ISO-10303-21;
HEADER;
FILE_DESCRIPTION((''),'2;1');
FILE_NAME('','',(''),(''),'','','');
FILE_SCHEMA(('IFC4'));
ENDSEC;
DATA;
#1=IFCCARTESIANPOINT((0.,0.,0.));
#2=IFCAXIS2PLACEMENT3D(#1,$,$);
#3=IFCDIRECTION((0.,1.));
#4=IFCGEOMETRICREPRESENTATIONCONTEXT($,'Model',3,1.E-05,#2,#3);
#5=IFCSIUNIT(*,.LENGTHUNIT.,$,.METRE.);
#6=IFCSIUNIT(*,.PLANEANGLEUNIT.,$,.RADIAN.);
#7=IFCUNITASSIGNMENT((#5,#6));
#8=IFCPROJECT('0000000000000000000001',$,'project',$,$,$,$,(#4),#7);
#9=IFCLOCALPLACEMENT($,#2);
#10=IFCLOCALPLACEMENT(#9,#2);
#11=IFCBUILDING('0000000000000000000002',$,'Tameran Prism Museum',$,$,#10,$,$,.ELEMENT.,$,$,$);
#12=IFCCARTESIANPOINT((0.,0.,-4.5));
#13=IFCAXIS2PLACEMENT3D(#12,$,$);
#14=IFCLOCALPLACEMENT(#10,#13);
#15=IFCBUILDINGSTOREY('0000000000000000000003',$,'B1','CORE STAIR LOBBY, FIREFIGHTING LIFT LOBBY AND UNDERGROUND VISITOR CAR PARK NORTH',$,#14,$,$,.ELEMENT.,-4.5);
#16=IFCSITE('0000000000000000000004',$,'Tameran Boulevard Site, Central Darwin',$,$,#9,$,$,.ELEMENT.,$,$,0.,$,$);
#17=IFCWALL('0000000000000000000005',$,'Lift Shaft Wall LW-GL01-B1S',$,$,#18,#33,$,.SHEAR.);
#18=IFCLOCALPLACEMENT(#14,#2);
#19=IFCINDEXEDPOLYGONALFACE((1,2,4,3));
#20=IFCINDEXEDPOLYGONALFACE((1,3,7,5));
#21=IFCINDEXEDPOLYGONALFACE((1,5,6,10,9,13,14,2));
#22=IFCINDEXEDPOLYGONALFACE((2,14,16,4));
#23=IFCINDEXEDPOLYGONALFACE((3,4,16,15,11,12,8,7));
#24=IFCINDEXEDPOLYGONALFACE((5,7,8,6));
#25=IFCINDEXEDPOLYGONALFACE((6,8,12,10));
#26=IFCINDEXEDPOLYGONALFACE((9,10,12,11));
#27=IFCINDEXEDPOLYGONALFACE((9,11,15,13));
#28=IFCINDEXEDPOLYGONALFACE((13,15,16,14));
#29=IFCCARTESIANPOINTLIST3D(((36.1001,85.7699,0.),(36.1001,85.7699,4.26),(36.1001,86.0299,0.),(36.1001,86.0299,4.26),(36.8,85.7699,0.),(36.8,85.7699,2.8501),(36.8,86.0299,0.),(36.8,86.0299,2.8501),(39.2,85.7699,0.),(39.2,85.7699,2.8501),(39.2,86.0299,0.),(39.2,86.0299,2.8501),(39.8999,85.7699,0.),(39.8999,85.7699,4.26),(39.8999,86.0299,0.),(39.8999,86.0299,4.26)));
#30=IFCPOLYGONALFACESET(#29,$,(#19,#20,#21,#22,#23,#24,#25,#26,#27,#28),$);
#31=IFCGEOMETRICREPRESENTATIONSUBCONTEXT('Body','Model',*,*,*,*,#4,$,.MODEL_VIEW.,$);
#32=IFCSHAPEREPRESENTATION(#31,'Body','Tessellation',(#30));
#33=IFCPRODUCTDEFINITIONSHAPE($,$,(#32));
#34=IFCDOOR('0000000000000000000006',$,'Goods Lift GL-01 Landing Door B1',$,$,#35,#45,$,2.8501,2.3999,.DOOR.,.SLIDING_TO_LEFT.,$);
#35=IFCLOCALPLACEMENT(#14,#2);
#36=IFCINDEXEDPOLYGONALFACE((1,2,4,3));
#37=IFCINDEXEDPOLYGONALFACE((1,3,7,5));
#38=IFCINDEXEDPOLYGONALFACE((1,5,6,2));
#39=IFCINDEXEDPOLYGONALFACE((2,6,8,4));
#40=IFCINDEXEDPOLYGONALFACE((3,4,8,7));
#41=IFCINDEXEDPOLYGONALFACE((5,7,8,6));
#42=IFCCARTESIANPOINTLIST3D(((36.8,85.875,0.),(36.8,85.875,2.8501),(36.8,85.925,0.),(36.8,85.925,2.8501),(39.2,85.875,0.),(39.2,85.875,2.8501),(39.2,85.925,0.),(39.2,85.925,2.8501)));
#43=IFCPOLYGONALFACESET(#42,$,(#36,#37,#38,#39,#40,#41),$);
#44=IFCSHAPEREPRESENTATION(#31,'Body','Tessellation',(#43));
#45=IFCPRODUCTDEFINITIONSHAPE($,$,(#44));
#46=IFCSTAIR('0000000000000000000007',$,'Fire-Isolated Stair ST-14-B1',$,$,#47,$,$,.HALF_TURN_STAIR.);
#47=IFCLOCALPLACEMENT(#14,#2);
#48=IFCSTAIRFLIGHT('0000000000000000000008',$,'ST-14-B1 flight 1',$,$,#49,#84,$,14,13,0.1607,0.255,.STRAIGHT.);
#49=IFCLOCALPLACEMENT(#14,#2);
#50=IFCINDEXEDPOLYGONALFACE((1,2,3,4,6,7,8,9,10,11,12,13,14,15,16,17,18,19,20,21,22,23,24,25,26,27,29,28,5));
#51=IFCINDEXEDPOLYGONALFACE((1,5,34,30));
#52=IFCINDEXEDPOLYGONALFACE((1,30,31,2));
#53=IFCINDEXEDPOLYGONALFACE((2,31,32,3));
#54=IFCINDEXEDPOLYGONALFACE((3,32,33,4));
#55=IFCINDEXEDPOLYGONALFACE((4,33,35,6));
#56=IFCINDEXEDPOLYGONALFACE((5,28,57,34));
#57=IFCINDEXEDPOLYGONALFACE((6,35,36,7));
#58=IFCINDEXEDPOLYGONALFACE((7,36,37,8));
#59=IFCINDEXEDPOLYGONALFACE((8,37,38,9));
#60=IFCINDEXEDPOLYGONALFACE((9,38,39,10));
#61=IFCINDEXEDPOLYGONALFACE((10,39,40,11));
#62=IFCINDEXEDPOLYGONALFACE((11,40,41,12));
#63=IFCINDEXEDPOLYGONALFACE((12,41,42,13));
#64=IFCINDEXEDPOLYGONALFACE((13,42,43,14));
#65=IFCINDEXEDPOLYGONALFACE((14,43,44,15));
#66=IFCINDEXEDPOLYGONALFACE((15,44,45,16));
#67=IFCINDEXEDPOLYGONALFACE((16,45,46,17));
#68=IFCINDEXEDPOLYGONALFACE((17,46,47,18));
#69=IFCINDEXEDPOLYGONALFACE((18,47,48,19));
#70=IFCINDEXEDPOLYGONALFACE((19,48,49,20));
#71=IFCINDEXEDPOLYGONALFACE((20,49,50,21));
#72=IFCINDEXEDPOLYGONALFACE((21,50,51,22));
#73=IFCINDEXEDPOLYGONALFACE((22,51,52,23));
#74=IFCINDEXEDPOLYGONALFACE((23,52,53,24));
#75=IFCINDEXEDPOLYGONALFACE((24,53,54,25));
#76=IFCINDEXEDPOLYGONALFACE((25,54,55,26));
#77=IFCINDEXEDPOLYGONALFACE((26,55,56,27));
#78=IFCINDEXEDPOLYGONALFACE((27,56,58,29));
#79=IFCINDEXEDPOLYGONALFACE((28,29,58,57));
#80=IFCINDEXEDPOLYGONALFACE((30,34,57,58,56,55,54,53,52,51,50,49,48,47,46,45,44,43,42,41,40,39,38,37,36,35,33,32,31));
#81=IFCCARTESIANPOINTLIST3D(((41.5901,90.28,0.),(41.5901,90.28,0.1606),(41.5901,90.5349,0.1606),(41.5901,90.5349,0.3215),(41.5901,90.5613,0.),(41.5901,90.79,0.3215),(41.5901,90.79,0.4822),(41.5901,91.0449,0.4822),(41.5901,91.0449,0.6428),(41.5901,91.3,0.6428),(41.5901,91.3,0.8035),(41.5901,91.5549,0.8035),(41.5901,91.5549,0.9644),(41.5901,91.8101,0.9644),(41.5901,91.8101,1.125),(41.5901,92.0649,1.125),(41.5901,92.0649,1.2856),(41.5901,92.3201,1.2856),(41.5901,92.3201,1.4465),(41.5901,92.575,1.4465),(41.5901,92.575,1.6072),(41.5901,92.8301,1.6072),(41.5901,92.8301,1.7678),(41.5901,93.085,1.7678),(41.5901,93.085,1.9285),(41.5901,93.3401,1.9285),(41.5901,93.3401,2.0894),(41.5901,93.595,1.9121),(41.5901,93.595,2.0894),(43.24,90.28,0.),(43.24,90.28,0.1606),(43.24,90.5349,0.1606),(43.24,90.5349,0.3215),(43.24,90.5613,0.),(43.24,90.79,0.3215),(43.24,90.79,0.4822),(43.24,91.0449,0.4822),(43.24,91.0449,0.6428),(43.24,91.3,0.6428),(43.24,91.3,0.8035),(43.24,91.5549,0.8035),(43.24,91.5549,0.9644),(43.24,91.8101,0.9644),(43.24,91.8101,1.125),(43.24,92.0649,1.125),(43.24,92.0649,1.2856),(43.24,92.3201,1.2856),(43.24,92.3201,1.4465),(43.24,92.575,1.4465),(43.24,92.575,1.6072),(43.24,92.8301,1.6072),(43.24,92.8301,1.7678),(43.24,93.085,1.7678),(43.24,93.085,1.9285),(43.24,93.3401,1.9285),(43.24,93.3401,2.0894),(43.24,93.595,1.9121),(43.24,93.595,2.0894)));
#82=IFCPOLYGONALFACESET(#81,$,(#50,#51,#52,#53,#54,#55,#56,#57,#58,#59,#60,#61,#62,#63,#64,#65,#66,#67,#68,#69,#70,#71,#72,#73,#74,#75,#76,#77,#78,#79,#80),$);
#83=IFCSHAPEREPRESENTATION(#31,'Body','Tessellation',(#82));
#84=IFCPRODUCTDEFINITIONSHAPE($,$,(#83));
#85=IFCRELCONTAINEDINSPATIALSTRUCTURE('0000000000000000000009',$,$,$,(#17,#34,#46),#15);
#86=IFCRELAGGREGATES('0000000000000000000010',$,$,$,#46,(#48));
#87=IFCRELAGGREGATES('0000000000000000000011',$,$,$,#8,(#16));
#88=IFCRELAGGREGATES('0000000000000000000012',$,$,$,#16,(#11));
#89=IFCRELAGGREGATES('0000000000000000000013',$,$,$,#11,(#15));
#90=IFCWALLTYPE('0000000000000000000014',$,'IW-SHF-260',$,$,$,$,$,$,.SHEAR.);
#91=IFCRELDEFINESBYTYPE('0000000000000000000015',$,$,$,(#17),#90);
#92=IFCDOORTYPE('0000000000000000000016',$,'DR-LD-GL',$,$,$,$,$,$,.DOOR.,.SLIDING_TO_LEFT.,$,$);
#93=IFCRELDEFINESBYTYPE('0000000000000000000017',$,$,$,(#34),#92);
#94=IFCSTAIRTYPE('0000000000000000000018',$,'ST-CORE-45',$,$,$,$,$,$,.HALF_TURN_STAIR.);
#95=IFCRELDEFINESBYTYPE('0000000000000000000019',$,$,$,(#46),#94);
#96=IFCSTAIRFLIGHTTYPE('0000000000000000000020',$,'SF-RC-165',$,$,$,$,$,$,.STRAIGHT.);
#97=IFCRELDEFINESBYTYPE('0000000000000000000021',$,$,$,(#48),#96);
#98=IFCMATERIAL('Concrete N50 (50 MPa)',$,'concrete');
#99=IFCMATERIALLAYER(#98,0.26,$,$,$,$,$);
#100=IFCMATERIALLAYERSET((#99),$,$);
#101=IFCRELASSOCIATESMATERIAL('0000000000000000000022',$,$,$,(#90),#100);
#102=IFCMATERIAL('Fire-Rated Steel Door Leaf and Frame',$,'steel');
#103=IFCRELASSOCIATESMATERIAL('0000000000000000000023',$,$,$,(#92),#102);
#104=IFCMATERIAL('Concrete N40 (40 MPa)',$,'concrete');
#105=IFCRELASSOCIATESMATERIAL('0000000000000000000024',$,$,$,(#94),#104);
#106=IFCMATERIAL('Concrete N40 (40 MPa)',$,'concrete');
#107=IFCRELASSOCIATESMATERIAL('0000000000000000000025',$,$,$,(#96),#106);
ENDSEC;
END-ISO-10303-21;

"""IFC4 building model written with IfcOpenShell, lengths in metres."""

from ifc_helpers import new_model, si_unit, direction, frame, frame_2d, origin, place, context, subcontext, project, spatial, polyline, rectangle, outline, extrude, material, layer, layer_set, type_object, element, fill, aggregate, save


model = new_model("IFC4")

# Units and contexts
model_context = context("Model", 3, precision=1e-05, world=origin(), true_north=direction((0.0, 1.0)))
body_context = subcontext(model_context, "Body", "Model", "MODEL_VIEW")
ifc_project = project(units=[si_unit("LENGTHUNIT", "METRE"), si_unit("PLANEANGLEUNIT", "RADIAN")], contexts=[model_context])

# Site, building, storey
site_placement = place(None, origin())
site = spatial("IfcSite", under=ifc_project, at=site_placement, Name="Tameran Boulevard Site, Central Darwin", CompositionType="ELEMENT", RefElevation=0.0)
building_placement = place(site_placement, origin())
building = spatial("IfcBuilding", under=site, at=building_placement, Name="Tameran Prism Museum", CompositionType="ELEMENT")
storey_placement = place(building_placement, frame((0.0, 0.0, -4.5)))
storey = spatial("IfcBuildingStorey", under=building, at=storey_placement, Name="B1", Description="CORE STAIR LOBBY, FIREFIGHTING LIFT LOBBY AND UNDERGROUND VISITOR CAR PARK NORTH", CompositionType="ELEMENT", Elevation=-4.5)

# Shared definitions
ifc_material_1 = material(Name="Concrete N50 (50 MPa)", Category="concrete")
ifc_layer_1 = layer(ifc_material_1, 0.26)
ifc_layer_set_1 = layer_set([ifc_layer_1])
wall_type_1 = type_object("IfcWallType", Name="IW-SHF-260", PredefinedType="SHEAR", material=ifc_layer_set_1)

# Wall, opening, door
wall_1_placement = place(storey_placement, frame((39.8999, 85.8999, 0.0), z_axis=(0.0, 0.0, 1.0), x_axis=(-1.0, 0.0, 0.0)))
wall_1 = element("IfcWall", 1, at=wall_1_placement, inside=storey, type_object=wall_type_1, Name="Lift Shaft Wall LW-GL01-B1S", PredefinedType="SHEAR", context=body_context, shape_type="SweptSolid", body=[
    extrude(rectangle(XDim=3.7998, YDim=0.26, at=frame_2d((1.8999, 0.0))), origin(), (0.0, 0.0, 1.0), 4.26),
])
opening_1_placement = place(wall_1_placement, frame((0.7, 0.0, 0.0)))
opening_1 = element("IfcOpeningElement", 2, at=opening_1_placement, cuts=wall_1, PredefinedType="OPENING", context=body_context, shape_type="SweptSolid", body=[
    extrude(rectangle(XDim=2.3999, YDim=2.8501, at=frame_2d((1.2, 1.425))), frame((0.0, 0.1399, 0.0), z_axis=(0.0, -1.0, 0.0), x_axis=(1.0, 0.0, 0.0)), (0.0, 0.0, 1.0), 0.28),
])
ifc_material_2 = material(Name="Fire-Rated Steel Door Leaf and Frame", Category="steel")
door_type_1 = type_object("IfcDoorType", Name="DR-LD-GL", OperationType="SLIDING_TO_LEFT", PredefinedType="DOOR", material=ifc_material_2)
door_1_placement = place(opening_1_placement, origin())
door_1 = element("IfcDoor", 3, at=door_1_placement, inside=storey, type_object=door_type_1, Name="Goods Lift GL-01 Landing Door B1", OperationType="SLIDING_TO_LEFT", OverallHeight=2.8501, OverallWidth=2.3999, PredefinedType="DOOR", context=body_context, shape_type="SweptSolid", body=[
    extrude(rectangle(XDim=2.3999, YDim=2.8501, at=frame_2d((1.2, 1.425))), frame((0.0, 0.0249, 0.0), z_axis=(0.0, -1.0, 0.0), x_axis=(1.0, 0.0, 0.0)), (0.0, 0.0, 1.0), 0.05),
])
fill(opening_1, door_1)

# Stair, stair flight
ifc_material_3 = material(Name="Concrete N40 (40 MPa)", Category="concrete")
stair_type = type_object("IfcStairType", Name="ST-CORE-45", PredefinedType="HALF_TURN_STAIR", material=ifc_material_3)
stair_placement = place(storey_placement, origin())
stair = element("IfcStair", 4, at=stair_placement, inside=storey, type_object=stair_type, Name="Fire-Isolated Stair ST-14-B1", PredefinedType="HALF_TURN_STAIR")
ifc_material_4 = material(Name="Concrete N40 (40 MPa)", Category="concrete")
stair_flight_type = type_object("IfcStairFlightType", Name="SF-RC-165", PredefinedType="STRAIGHT", material=ifc_material_4)
stair_flight_placement = place(storey_placement, frame((42.415, 90.28, 0.0), z_axis=(0.0, 0.0, 1.0), x_axis=(0.0, 1.0, 0.0)))
stair_flight = element("IfcStairFlight", 5, at=stair_flight_placement, type_object=stair_flight_type, Name="ST-14-B1 flight 1", NumberOfRisers=14, NumberOfTreads=13, PredefinedType="STRAIGHT", RiserHeight=0.1607, TreadLength=0.255, context=body_context, shape_type="SweptSolid", body=[
    extrude(outline(polyline([(0.0, 0.0), (0.0, 0.1606), (0.2549, 0.1606), (0.2549, 0.3215), (0.51, 0.3215), (0.51, 0.4822), (0.7649, 0.4822), (0.7649, 0.6428), (1.02, 0.6428), (1.02, 0.8035), (1.2749, 0.8035), (1.2749, 0.9644), (1.53, 0.9644), (1.53, 1.125), (1.7849, 1.125), (1.7849, 1.2856), (2.04, 1.2856), (2.04, 1.4465), (2.2949, 1.4465), (2.2949, 1.6072), (2.55, 1.6072), (2.55, 1.7678), (2.8049, 1.7678), (2.8049, 1.9285), (3.0601, 1.9285), (3.0601, 2.0894), (3.3149, 2.0894), (3.3149, 2.25), (3.3149, 1.9121), (0.2812, 0.0), (0.0, 0.0)])), frame((0.0, 0.825, 0.0), z_axis=(0.0, -1.0, 0.0), x_axis=(1.0, 0.0, 0.0)), (0.0, 0.0, 1.0), 1.6499),
])
aggregate(stair, [stair_flight])

save(model, "model.ifc")
